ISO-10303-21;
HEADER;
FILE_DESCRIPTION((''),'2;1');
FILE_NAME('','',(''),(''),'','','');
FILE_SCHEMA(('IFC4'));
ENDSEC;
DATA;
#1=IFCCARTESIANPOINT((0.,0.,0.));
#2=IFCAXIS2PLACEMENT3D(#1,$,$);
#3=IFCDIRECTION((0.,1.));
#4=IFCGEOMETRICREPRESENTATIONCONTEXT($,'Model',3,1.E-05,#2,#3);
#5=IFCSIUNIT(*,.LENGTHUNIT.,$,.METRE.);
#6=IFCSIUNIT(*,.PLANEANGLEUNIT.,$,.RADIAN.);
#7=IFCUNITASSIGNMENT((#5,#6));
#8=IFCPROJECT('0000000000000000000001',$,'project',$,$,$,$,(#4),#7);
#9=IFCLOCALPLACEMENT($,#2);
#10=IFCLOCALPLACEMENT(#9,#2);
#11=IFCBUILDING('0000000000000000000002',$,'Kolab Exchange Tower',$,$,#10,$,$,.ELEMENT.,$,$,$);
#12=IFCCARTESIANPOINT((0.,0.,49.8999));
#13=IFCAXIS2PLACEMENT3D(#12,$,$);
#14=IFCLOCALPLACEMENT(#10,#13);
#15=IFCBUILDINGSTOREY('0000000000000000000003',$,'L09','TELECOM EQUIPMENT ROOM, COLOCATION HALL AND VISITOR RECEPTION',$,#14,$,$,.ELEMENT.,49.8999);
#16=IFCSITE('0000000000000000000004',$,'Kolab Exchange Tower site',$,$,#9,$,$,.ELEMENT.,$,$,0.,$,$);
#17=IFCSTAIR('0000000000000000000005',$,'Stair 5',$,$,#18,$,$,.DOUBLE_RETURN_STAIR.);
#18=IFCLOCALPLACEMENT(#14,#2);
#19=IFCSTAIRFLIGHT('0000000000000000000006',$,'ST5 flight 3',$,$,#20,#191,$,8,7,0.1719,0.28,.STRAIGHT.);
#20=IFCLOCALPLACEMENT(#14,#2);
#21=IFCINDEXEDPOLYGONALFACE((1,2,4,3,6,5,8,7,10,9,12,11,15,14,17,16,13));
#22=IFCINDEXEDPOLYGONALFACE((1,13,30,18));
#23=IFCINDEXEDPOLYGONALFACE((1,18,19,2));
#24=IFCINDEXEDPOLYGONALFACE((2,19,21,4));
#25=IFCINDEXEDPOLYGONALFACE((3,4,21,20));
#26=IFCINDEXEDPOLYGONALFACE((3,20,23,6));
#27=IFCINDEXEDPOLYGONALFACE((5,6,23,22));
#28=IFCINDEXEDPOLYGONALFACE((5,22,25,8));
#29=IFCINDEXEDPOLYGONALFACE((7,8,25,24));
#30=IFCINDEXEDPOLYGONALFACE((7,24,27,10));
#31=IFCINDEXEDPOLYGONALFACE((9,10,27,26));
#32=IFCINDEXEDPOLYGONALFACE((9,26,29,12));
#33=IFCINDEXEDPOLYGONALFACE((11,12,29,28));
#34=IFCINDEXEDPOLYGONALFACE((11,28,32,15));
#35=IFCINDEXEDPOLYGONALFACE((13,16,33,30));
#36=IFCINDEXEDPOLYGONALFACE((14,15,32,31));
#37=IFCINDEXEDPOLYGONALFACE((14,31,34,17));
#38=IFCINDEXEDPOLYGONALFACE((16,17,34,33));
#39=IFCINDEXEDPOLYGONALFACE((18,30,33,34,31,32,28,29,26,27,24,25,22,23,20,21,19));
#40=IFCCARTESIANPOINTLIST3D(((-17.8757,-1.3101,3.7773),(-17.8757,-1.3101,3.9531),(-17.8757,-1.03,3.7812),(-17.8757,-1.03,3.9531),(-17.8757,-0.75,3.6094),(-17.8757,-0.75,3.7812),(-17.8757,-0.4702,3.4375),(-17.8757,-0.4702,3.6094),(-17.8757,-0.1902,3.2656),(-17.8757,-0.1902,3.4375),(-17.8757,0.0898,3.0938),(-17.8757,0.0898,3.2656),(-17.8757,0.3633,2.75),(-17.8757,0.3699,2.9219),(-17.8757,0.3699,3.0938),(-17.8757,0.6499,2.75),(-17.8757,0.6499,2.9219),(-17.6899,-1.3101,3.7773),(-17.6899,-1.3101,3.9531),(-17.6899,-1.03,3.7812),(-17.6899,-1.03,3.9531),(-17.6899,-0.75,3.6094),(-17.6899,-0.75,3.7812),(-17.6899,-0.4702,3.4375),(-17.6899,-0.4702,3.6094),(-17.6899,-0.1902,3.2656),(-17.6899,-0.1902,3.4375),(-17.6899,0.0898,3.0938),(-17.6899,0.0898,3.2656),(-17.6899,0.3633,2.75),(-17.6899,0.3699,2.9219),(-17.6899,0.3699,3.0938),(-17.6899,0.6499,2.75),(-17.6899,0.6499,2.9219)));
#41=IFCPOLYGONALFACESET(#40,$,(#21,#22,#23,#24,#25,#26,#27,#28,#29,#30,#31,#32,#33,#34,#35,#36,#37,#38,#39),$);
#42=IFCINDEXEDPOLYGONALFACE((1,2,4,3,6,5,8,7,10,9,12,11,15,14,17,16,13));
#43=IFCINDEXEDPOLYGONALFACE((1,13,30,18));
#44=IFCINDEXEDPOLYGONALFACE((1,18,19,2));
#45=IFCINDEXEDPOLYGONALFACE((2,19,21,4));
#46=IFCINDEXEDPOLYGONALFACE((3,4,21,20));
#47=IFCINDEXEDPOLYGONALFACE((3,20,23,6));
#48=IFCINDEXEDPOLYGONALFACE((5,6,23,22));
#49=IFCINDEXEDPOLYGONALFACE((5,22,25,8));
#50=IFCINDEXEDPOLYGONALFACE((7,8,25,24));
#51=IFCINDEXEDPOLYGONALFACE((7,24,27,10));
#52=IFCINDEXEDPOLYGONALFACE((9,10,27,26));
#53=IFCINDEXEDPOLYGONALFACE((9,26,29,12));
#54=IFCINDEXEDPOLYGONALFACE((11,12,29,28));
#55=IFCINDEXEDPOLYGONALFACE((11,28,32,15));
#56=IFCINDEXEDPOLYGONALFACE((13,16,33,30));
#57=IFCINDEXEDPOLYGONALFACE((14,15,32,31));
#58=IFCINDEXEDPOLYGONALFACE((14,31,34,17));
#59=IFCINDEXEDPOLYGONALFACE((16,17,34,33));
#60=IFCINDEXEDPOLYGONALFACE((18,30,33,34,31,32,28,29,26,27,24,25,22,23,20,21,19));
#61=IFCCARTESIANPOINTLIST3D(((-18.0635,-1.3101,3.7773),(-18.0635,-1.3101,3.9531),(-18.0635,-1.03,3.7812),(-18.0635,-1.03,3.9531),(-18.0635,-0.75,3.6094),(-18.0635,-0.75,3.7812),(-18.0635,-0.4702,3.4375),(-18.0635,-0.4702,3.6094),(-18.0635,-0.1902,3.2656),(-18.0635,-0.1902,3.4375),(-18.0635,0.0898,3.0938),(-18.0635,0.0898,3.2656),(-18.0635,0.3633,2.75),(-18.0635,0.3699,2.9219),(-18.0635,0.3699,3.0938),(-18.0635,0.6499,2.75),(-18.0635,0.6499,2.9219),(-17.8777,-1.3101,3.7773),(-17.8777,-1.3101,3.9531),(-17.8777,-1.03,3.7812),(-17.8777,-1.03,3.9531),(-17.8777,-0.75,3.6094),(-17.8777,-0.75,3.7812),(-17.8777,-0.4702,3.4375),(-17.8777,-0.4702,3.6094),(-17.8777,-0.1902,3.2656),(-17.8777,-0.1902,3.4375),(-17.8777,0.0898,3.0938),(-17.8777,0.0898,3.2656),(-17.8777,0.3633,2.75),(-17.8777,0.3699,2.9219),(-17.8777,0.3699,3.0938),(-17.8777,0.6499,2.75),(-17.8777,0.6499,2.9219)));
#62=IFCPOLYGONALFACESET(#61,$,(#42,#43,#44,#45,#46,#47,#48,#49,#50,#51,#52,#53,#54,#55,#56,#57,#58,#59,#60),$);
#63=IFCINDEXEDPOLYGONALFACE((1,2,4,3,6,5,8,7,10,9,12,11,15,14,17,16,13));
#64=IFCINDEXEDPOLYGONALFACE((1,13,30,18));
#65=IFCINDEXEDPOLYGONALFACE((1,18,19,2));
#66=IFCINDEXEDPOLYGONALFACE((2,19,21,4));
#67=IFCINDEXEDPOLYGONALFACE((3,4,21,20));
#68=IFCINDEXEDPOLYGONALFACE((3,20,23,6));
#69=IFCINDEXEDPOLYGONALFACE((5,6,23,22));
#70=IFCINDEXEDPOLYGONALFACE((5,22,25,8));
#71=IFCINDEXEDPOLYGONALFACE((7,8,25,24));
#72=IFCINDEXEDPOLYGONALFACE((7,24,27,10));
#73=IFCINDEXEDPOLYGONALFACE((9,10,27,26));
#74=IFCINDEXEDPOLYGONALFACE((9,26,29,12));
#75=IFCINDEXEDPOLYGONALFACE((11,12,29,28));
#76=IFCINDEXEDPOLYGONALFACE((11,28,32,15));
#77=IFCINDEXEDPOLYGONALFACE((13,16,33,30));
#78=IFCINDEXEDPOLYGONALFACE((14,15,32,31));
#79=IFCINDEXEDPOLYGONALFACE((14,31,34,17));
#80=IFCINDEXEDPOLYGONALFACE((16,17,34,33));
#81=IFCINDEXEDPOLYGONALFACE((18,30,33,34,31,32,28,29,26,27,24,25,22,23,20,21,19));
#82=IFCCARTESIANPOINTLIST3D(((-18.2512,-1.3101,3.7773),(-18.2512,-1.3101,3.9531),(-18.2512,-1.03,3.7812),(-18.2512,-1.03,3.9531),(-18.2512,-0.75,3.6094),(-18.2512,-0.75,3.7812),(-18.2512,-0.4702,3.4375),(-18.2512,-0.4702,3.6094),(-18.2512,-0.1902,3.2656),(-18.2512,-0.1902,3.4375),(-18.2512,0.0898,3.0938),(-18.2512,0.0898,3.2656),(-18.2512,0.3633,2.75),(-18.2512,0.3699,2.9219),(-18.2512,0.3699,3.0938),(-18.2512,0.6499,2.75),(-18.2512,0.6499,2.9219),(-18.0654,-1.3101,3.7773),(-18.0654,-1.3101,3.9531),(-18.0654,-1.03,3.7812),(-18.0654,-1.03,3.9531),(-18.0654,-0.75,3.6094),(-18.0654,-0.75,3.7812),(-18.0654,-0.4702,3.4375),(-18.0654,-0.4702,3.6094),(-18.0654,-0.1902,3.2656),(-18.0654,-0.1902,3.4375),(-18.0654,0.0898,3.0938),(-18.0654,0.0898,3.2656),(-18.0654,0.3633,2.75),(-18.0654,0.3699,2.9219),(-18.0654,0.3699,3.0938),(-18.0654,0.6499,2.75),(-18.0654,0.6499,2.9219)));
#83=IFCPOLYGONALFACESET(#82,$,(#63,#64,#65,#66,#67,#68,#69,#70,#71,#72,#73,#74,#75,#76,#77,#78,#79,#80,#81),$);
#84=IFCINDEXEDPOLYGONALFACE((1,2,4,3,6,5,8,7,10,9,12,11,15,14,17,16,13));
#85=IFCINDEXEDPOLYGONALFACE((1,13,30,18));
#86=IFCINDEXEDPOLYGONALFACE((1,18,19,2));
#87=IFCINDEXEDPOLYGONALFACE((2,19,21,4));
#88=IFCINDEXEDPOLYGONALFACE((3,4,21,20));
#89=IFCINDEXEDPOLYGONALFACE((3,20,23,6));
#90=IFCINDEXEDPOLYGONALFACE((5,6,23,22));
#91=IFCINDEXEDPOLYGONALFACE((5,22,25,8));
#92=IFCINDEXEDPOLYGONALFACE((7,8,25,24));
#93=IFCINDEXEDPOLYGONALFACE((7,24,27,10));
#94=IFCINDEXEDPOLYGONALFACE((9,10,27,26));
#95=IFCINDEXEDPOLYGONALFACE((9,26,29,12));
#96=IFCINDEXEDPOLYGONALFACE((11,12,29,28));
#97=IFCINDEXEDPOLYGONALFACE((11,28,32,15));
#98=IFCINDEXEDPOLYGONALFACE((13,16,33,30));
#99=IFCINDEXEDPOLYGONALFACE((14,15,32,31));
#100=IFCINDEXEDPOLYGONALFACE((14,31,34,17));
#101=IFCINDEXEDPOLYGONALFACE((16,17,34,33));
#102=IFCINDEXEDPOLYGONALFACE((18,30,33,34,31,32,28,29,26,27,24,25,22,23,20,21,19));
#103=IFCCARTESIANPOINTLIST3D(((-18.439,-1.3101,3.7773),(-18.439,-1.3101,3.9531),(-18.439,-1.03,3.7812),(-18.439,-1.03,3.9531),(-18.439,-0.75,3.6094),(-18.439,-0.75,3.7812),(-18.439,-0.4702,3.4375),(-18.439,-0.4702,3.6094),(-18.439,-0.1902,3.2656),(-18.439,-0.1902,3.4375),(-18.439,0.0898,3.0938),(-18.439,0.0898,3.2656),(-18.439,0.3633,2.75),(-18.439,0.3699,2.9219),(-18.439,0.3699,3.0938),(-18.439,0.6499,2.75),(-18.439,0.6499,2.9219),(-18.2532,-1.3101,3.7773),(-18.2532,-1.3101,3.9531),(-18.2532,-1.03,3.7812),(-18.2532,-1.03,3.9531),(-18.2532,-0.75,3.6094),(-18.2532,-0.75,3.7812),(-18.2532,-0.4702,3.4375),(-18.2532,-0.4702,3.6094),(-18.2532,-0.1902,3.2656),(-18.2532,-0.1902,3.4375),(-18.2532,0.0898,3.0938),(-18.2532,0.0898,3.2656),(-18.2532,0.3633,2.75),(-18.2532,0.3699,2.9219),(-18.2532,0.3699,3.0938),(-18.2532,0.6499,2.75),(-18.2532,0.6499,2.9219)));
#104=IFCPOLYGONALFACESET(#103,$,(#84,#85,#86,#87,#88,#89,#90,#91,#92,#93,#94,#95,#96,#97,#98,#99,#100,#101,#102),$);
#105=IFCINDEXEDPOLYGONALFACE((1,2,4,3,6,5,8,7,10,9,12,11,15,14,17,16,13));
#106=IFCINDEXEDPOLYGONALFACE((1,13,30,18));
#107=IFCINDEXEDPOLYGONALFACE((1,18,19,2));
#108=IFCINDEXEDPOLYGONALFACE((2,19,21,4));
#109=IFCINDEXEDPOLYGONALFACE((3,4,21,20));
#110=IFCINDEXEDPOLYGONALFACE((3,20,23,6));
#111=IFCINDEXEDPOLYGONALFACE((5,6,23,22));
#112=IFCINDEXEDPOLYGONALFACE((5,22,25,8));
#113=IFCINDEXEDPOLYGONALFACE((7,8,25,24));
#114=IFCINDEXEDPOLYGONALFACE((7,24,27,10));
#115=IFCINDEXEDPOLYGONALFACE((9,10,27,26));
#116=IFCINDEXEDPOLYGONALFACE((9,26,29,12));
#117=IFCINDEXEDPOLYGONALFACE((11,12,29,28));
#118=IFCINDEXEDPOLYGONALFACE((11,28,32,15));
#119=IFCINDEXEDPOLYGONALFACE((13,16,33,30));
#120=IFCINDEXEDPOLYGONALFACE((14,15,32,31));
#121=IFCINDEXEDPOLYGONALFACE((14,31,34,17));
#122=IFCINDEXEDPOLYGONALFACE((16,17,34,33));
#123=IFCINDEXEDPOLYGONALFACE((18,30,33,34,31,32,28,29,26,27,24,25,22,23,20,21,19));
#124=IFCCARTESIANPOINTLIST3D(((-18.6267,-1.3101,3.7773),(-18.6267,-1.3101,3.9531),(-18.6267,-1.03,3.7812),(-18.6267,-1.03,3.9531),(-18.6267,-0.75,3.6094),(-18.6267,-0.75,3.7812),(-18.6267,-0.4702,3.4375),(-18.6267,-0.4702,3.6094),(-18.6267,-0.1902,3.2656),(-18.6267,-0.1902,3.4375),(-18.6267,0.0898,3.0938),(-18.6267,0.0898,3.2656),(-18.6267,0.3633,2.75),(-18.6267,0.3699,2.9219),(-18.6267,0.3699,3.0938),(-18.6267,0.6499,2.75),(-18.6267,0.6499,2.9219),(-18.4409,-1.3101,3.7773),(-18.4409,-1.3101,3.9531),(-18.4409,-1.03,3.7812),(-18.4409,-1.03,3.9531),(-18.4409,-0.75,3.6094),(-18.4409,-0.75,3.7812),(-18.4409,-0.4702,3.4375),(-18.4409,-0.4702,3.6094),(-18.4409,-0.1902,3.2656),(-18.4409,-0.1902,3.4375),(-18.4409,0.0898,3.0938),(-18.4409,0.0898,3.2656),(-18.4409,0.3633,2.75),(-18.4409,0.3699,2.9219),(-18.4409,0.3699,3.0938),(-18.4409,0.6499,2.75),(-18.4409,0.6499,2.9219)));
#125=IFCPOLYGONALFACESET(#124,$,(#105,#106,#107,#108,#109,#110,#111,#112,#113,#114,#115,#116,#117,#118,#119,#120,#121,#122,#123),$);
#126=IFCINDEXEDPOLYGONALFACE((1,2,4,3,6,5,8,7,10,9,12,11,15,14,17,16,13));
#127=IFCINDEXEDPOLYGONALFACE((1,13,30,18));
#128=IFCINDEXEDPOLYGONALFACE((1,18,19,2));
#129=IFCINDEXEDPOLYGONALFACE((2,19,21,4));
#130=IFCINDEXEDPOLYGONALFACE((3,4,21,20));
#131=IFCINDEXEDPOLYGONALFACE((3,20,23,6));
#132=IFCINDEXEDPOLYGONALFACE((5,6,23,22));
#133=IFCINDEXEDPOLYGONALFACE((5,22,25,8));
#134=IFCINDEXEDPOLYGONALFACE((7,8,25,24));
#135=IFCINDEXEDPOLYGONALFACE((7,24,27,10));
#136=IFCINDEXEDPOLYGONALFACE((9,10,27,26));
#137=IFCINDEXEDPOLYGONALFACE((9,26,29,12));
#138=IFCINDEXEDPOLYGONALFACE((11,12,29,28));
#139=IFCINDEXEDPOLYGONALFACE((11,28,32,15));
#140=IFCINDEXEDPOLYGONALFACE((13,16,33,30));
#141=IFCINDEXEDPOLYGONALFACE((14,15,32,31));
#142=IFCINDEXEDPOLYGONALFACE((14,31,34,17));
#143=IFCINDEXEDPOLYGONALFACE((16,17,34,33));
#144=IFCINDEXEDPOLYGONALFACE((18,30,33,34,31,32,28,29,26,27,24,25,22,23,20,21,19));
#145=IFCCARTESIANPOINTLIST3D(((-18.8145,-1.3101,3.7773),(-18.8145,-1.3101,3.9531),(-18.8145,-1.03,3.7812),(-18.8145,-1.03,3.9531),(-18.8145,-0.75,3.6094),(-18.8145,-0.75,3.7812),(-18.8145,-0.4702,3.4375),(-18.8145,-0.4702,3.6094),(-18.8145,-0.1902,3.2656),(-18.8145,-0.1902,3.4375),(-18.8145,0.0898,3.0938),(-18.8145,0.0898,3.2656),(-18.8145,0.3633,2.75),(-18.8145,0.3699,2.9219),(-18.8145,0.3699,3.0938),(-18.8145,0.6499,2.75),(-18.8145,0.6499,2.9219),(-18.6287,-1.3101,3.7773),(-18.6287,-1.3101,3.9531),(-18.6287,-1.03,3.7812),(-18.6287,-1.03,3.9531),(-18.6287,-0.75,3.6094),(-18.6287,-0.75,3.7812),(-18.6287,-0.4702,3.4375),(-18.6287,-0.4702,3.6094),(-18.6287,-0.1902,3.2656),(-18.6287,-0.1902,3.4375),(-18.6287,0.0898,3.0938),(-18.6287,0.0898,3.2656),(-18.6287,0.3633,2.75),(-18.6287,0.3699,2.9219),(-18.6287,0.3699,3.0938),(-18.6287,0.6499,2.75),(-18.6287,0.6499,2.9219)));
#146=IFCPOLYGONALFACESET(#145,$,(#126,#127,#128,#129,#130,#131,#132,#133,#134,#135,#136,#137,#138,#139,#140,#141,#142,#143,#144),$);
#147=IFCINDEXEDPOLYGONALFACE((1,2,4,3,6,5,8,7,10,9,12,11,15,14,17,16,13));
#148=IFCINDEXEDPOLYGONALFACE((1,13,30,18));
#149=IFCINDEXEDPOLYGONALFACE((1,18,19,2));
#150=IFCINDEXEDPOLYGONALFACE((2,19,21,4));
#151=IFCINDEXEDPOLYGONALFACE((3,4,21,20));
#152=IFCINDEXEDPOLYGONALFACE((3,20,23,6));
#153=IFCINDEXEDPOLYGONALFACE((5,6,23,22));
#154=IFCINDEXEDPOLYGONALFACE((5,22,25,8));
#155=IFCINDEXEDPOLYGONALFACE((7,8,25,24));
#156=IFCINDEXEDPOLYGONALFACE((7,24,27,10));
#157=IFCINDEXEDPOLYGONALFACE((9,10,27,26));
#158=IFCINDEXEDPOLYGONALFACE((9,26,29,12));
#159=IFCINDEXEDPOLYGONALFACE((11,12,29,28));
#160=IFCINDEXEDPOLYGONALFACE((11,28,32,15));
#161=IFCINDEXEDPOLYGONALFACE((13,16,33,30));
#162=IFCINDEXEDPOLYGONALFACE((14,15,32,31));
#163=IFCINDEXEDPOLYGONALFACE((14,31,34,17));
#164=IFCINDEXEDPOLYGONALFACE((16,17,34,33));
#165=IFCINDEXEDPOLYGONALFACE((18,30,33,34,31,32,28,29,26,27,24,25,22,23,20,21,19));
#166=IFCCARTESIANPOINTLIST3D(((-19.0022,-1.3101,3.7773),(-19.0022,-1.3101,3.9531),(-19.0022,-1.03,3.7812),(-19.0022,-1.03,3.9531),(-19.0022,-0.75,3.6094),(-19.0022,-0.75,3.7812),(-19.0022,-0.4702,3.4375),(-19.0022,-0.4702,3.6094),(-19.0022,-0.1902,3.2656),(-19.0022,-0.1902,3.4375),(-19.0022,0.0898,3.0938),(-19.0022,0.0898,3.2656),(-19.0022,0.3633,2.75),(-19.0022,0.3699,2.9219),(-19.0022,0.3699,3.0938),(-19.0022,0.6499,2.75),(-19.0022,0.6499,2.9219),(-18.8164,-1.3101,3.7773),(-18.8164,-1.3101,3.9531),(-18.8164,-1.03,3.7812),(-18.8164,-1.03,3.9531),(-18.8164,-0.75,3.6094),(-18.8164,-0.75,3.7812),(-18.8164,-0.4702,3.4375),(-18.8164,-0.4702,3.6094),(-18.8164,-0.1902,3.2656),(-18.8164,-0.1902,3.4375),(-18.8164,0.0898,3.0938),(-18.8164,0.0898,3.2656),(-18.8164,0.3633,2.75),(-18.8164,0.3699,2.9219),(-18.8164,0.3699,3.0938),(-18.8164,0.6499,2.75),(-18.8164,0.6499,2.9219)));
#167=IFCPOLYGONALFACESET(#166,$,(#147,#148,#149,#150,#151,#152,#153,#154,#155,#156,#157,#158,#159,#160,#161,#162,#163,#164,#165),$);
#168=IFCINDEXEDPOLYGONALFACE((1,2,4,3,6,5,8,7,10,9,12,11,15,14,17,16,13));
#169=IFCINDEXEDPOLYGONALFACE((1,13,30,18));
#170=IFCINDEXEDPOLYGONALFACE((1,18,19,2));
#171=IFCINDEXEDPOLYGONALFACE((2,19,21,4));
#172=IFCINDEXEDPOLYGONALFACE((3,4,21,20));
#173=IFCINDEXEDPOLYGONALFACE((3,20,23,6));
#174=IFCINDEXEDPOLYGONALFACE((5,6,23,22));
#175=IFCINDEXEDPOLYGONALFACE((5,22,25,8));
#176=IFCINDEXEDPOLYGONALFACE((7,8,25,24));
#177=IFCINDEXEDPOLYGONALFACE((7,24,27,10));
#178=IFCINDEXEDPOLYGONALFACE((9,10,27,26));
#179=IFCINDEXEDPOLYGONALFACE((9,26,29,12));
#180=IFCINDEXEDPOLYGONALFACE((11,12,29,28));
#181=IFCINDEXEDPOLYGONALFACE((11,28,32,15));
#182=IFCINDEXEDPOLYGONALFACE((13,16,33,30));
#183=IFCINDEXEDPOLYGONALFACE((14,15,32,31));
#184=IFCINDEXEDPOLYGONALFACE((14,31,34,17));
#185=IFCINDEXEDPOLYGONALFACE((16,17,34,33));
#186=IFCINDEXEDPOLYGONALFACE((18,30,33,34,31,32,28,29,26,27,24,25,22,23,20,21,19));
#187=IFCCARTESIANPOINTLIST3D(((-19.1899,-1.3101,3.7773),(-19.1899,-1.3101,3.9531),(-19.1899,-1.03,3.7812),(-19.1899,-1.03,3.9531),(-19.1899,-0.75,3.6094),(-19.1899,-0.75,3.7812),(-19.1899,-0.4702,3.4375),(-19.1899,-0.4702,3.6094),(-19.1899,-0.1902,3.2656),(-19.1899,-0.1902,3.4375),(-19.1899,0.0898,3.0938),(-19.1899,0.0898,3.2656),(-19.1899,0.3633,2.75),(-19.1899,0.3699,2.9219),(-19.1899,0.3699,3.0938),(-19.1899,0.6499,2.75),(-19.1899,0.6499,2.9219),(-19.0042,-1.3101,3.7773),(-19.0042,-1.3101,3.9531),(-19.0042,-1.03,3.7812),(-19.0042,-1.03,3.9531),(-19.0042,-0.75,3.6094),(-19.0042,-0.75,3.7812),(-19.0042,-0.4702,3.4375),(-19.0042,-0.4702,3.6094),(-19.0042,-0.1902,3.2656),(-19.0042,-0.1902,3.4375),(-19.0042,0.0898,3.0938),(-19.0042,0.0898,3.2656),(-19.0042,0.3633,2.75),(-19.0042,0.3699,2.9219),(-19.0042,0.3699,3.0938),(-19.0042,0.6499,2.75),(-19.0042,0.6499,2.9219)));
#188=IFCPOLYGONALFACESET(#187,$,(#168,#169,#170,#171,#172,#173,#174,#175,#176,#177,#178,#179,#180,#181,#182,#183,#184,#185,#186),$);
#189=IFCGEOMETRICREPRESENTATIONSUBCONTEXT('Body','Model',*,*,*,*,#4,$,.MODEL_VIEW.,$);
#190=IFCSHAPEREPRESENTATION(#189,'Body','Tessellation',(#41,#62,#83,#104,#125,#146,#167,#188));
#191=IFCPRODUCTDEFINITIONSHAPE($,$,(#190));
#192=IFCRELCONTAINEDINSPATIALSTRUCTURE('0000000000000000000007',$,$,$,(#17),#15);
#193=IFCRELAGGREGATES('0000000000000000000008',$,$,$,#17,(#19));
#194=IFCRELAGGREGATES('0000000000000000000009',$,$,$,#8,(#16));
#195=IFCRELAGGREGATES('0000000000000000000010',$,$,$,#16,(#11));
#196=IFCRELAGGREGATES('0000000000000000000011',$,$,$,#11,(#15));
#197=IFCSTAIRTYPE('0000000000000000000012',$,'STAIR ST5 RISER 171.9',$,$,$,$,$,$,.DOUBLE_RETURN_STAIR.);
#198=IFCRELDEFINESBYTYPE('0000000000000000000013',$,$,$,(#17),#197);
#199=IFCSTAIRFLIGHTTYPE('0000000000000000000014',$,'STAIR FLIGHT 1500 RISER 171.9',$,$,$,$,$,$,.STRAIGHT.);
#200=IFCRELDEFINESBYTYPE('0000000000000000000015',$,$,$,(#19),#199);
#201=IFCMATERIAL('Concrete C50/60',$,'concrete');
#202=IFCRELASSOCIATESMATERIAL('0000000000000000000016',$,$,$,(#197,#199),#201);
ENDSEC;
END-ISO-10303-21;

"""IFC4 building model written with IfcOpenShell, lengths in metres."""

from ifc_helpers import new_model, si_unit, direction, frame, origin, place, context, subcontext, project, spatial, polyline, outline, extrude, material, type_object, element, aggregate, save


model = new_model("IFC4")

# Units and contexts
model_context = context("Model", 3, precision=1e-05, world=origin(), true_north=direction((0.0, 1.0)))
body_context = subcontext(model_context, "Body", "Model", "MODEL_VIEW")
ifc_project = project(units=[si_unit("LENGTHUNIT", "METRE"), si_unit("PLANEANGLEUNIT", "RADIAN")], contexts=[model_context])

# Site, building, storey
site_placement = place(None, origin())
site = spatial("IfcSite", under=ifc_project, at=site_placement, Name="Kolab Exchange Tower site", CompositionType="ELEMENT", RefElevation=0.0)
building_placement = place(site_placement, origin())
building = spatial("IfcBuilding", under=site, at=building_placement, Name="Kolab Exchange Tower", CompositionType="ELEMENT")
storey_placement = place(building_placement, frame((0.0, 0.0, 49.8999)))
storey = spatial("IfcBuildingStorey", under=building, at=storey_placement, Name="L09", Description="TELECOM EQUIPMENT ROOM, COLOCATION HALL AND VISITOR RECEPTION", CompositionType="ELEMENT", Elevation=49.8999)

# Shared definitions
ifc_material_1 = material(Name="Concrete C50/60", Category="concrete")

# Stair, stair flight
stair_type = type_object("IfcStairType", Name="STAIR ST5 RISER 171.9", PredefinedType="DOUBLE_RETURN_STAIR", material=ifc_material_1)
stair_placement = place(storey_placement, origin())
stair = element("IfcStair", 1, at=stair_placement, inside=storey, type_object=stair_type, Name="Stair 5", PredefinedType="DOUBLE_RETURN_STAIR")
stair_flight_type = type_object("IfcStairFlightType", Name="STAIR FLIGHT 1500 RISER 171.9", PredefinedType="STRAIGHT", material=ifc_material_1)
stair_flight_1_placement = place(storey_placement, frame((-18.4399, 0.6499, 2.75), z_axis=(0.0, 0.0, 1.0), x_axis=(0.0, -1.0, 0.0)))
stair_flight_1 = element("IfcStairFlight", 2, at=stair_flight_1_placement, type_object=stair_flight_type, Name="ST5 flight 3", NumberOfRisers=8, NumberOfTreads=7, PredefinedType="STRAIGHT", RiserHeight=0.1719, TreadLength=0.28, context=body_context, shape_type="SweptSolid", body=[
    extrude(outline(polyline([(0.0, 0.0), (0.0, 0.1719), (0.28, 0.1719), (0.28, 0.3438), (0.5601, 0.3438), (0.5601, 0.5156), (0.8401, 0.5156), (0.8401, 0.6875), (1.1201, 0.6875), (1.1201, 0.8594), (1.3999, 0.8594), (1.3999, 1.0312), (1.6799, 1.0312), (1.6799, 1.2031), (1.96, 1.2031), (1.96, 1.375), (1.96, 1.0273), (0.2866, 0.0), (0.0, 0.0)])), frame((0.0, 0.75, 0.0), z_axis=(0.0, -1.0, 0.0), x_axis=(1.0, 0.0, 0.0)), (0.0, 0.0, 1.0), 0.1858),
    extrude(outline(polyline([(0.0, 0.0), (0.0, 0.1719), (0.28, 0.1719), (0.28, 0.3438), (0.5601, 0.3438), (0.5601, 0.5156), (0.8401, 0.5156), (0.8401, 0.6875), (1.1201, 0.6875), (1.1201, 0.8594), (1.3999, 0.8594), (1.3999, 1.0312), (1.6799, 1.0312), (1.6799, 1.2031), (1.96, 1.2031), (1.96, 1.375), (1.96, 1.0273), (0.2866, 0.0), (0.0, 0.0)])), frame((0.0, 0.5623, 0.0), z_axis=(0.0, -1.0, 0.0), x_axis=(1.0, 0.0, 0.0)), (0.0, 0.0, 1.0), 0.1858),
    extrude(outline(polyline([(0.0, 0.0), (0.0, 0.1719), (0.28, 0.1719), (0.28, 0.3438), (0.5601, 0.3438), (0.5601, 0.5156), (0.8401, 0.5156), (0.8401, 0.6875), (1.1201, 0.6875), (1.1201, 0.8594), (1.3999, 0.8594), (1.3999, 1.0312), (1.6799, 1.0312), (1.6799, 1.2031), (1.96, 1.2031), (1.96, 1.375), (1.96, 1.0273), (0.2866, 0.0), (0.0, 0.0)])), frame((0.0, 0.3745, 0.0), z_axis=(0.0, -1.0, 0.0), x_axis=(1.0, 0.0, 0.0)), (0.0, 0.0, 1.0), 0.1858),
    extrude(outline(polyline([(0.0, 0.0), (0.0, 0.1719), (0.28, 0.1719), (0.28, 0.3438), (0.5601, 0.3438), (0.5601, 0.5156), (0.8401, 0.5156), (0.8401, 0.6875), (1.1201, 0.6875), (1.1201, 0.8594), (1.3999, 0.8594), (1.3999, 1.0312), (1.6799, 1.0312), (1.6799, 1.2031), (1.96, 1.2031), (1.96, 1.375), (1.96, 1.0273), (0.2866, 0.0), (0.0, 0.0)])), frame((0.0, 0.1868, 0.0), z_axis=(0.0, -1.0, 0.0), x_axis=(1.0, 0.0, 0.0)), (0.0, 0.0, 1.0), 0.1858),
    extrude(outline(polyline([(0.0, 0.0), (0.0, 0.1719), (0.28, 0.1719), (0.28, 0.3438), (0.5601, 0.3438), (0.5601, 0.5156), (0.8401, 0.5156), (0.8401, 0.6875), (1.1201, 0.6875), (1.1201, 0.8594), (1.3999, 0.8594), (1.3999, 1.0312), (1.6799, 1.0312), (1.6799, 1.2031), (1.96, 1.2031), (1.96, 1.375), (1.96, 1.0273), (0.2866, 0.0), (0.0, 0.0)])), frame((0.0, -0.001, 0.0), z_axis=(0.0, -1.0, 0.0), x_axis=(1.0, 0.0, 0.0)), (0.0, 0.0, 1.0), 0.1858),
    extrude(outline(polyline([(0.0, 0.0), (0.0, 0.1719), (0.28, 0.1719), (0.28, 0.3438), (0.5601, 0.3438), (0.5601, 0.5156), (0.8401, 0.5156), (0.8401, 0.6875), (1.1201, 0.6875), (1.1201, 0.8594), (1.3999, 0.8594), (1.3999, 1.0312), (1.6799, 1.0312), (1.6799, 1.2031), (1.96, 1.2031), (1.96, 1.375), (1.96, 1.0273), (0.2866, 0.0), (0.0, 0.0)])), frame((0.0, -0.1887, 0.0), z_axis=(0.0, -1.0, 0.0), x_axis=(1.0, 0.0, 0.0)), (0.0, 0.0, 1.0), 0.1858),
    extrude(outline(polyline([(0.0, 0.0), (0.0, 0.1719), (0.28, 0.1719), (0.28, 0.3438), (0.5601, 0.3438), (0.5601, 0.5156), (0.8401, 0.5156), (0.8401, 0.6875), (1.1201, 0.6875), (1.1201, 0.8594), (1.3999, 0.8594), (1.3999, 1.0312), (1.6799, 1.0312), (1.6799, 1.2031), (1.96, 1.2031), (1.96, 1.375), (1.96, 1.0273), (0.2866, 0.0), (0.0, 0.0)])), frame((0.0, -0.3765, 0.0), z_axis=(0.0, -1.0, 0.0), x_axis=(1.0, 0.0, 0.0)), (0.0, 0.0, 1.0), 0.1858),
    extrude(outline(polyline([(0.0, 0.0), (0.0, 0.1719), (0.28, 0.1719), (0.28, 0.3438), (0.5601, 0.3438), (0.5601, 0.5156), (0.8401, 0.5156), (0.8401, 0.6875), (1.1201, 0.6875), (1.1201, 0.8594), (1.3999, 0.8594), (1.3999, 1.0312), (1.6799, 1.0312), (1.6799, 1.2031), (1.96, 1.2031), (1.96, 1.375), (1.96, 1.0273), (0.2866, 0.0), (0.0, 0.0)])), frame((0.0, -0.5642, 0.0), z_axis=(0.0, -1.0, 0.0), x_axis=(1.0, 0.0, 0.0)), (0.0, 0.0, 1.0), 0.1858),
])
aggregate(stair, [stair_flight_1])

save(model, "model.ifc")
